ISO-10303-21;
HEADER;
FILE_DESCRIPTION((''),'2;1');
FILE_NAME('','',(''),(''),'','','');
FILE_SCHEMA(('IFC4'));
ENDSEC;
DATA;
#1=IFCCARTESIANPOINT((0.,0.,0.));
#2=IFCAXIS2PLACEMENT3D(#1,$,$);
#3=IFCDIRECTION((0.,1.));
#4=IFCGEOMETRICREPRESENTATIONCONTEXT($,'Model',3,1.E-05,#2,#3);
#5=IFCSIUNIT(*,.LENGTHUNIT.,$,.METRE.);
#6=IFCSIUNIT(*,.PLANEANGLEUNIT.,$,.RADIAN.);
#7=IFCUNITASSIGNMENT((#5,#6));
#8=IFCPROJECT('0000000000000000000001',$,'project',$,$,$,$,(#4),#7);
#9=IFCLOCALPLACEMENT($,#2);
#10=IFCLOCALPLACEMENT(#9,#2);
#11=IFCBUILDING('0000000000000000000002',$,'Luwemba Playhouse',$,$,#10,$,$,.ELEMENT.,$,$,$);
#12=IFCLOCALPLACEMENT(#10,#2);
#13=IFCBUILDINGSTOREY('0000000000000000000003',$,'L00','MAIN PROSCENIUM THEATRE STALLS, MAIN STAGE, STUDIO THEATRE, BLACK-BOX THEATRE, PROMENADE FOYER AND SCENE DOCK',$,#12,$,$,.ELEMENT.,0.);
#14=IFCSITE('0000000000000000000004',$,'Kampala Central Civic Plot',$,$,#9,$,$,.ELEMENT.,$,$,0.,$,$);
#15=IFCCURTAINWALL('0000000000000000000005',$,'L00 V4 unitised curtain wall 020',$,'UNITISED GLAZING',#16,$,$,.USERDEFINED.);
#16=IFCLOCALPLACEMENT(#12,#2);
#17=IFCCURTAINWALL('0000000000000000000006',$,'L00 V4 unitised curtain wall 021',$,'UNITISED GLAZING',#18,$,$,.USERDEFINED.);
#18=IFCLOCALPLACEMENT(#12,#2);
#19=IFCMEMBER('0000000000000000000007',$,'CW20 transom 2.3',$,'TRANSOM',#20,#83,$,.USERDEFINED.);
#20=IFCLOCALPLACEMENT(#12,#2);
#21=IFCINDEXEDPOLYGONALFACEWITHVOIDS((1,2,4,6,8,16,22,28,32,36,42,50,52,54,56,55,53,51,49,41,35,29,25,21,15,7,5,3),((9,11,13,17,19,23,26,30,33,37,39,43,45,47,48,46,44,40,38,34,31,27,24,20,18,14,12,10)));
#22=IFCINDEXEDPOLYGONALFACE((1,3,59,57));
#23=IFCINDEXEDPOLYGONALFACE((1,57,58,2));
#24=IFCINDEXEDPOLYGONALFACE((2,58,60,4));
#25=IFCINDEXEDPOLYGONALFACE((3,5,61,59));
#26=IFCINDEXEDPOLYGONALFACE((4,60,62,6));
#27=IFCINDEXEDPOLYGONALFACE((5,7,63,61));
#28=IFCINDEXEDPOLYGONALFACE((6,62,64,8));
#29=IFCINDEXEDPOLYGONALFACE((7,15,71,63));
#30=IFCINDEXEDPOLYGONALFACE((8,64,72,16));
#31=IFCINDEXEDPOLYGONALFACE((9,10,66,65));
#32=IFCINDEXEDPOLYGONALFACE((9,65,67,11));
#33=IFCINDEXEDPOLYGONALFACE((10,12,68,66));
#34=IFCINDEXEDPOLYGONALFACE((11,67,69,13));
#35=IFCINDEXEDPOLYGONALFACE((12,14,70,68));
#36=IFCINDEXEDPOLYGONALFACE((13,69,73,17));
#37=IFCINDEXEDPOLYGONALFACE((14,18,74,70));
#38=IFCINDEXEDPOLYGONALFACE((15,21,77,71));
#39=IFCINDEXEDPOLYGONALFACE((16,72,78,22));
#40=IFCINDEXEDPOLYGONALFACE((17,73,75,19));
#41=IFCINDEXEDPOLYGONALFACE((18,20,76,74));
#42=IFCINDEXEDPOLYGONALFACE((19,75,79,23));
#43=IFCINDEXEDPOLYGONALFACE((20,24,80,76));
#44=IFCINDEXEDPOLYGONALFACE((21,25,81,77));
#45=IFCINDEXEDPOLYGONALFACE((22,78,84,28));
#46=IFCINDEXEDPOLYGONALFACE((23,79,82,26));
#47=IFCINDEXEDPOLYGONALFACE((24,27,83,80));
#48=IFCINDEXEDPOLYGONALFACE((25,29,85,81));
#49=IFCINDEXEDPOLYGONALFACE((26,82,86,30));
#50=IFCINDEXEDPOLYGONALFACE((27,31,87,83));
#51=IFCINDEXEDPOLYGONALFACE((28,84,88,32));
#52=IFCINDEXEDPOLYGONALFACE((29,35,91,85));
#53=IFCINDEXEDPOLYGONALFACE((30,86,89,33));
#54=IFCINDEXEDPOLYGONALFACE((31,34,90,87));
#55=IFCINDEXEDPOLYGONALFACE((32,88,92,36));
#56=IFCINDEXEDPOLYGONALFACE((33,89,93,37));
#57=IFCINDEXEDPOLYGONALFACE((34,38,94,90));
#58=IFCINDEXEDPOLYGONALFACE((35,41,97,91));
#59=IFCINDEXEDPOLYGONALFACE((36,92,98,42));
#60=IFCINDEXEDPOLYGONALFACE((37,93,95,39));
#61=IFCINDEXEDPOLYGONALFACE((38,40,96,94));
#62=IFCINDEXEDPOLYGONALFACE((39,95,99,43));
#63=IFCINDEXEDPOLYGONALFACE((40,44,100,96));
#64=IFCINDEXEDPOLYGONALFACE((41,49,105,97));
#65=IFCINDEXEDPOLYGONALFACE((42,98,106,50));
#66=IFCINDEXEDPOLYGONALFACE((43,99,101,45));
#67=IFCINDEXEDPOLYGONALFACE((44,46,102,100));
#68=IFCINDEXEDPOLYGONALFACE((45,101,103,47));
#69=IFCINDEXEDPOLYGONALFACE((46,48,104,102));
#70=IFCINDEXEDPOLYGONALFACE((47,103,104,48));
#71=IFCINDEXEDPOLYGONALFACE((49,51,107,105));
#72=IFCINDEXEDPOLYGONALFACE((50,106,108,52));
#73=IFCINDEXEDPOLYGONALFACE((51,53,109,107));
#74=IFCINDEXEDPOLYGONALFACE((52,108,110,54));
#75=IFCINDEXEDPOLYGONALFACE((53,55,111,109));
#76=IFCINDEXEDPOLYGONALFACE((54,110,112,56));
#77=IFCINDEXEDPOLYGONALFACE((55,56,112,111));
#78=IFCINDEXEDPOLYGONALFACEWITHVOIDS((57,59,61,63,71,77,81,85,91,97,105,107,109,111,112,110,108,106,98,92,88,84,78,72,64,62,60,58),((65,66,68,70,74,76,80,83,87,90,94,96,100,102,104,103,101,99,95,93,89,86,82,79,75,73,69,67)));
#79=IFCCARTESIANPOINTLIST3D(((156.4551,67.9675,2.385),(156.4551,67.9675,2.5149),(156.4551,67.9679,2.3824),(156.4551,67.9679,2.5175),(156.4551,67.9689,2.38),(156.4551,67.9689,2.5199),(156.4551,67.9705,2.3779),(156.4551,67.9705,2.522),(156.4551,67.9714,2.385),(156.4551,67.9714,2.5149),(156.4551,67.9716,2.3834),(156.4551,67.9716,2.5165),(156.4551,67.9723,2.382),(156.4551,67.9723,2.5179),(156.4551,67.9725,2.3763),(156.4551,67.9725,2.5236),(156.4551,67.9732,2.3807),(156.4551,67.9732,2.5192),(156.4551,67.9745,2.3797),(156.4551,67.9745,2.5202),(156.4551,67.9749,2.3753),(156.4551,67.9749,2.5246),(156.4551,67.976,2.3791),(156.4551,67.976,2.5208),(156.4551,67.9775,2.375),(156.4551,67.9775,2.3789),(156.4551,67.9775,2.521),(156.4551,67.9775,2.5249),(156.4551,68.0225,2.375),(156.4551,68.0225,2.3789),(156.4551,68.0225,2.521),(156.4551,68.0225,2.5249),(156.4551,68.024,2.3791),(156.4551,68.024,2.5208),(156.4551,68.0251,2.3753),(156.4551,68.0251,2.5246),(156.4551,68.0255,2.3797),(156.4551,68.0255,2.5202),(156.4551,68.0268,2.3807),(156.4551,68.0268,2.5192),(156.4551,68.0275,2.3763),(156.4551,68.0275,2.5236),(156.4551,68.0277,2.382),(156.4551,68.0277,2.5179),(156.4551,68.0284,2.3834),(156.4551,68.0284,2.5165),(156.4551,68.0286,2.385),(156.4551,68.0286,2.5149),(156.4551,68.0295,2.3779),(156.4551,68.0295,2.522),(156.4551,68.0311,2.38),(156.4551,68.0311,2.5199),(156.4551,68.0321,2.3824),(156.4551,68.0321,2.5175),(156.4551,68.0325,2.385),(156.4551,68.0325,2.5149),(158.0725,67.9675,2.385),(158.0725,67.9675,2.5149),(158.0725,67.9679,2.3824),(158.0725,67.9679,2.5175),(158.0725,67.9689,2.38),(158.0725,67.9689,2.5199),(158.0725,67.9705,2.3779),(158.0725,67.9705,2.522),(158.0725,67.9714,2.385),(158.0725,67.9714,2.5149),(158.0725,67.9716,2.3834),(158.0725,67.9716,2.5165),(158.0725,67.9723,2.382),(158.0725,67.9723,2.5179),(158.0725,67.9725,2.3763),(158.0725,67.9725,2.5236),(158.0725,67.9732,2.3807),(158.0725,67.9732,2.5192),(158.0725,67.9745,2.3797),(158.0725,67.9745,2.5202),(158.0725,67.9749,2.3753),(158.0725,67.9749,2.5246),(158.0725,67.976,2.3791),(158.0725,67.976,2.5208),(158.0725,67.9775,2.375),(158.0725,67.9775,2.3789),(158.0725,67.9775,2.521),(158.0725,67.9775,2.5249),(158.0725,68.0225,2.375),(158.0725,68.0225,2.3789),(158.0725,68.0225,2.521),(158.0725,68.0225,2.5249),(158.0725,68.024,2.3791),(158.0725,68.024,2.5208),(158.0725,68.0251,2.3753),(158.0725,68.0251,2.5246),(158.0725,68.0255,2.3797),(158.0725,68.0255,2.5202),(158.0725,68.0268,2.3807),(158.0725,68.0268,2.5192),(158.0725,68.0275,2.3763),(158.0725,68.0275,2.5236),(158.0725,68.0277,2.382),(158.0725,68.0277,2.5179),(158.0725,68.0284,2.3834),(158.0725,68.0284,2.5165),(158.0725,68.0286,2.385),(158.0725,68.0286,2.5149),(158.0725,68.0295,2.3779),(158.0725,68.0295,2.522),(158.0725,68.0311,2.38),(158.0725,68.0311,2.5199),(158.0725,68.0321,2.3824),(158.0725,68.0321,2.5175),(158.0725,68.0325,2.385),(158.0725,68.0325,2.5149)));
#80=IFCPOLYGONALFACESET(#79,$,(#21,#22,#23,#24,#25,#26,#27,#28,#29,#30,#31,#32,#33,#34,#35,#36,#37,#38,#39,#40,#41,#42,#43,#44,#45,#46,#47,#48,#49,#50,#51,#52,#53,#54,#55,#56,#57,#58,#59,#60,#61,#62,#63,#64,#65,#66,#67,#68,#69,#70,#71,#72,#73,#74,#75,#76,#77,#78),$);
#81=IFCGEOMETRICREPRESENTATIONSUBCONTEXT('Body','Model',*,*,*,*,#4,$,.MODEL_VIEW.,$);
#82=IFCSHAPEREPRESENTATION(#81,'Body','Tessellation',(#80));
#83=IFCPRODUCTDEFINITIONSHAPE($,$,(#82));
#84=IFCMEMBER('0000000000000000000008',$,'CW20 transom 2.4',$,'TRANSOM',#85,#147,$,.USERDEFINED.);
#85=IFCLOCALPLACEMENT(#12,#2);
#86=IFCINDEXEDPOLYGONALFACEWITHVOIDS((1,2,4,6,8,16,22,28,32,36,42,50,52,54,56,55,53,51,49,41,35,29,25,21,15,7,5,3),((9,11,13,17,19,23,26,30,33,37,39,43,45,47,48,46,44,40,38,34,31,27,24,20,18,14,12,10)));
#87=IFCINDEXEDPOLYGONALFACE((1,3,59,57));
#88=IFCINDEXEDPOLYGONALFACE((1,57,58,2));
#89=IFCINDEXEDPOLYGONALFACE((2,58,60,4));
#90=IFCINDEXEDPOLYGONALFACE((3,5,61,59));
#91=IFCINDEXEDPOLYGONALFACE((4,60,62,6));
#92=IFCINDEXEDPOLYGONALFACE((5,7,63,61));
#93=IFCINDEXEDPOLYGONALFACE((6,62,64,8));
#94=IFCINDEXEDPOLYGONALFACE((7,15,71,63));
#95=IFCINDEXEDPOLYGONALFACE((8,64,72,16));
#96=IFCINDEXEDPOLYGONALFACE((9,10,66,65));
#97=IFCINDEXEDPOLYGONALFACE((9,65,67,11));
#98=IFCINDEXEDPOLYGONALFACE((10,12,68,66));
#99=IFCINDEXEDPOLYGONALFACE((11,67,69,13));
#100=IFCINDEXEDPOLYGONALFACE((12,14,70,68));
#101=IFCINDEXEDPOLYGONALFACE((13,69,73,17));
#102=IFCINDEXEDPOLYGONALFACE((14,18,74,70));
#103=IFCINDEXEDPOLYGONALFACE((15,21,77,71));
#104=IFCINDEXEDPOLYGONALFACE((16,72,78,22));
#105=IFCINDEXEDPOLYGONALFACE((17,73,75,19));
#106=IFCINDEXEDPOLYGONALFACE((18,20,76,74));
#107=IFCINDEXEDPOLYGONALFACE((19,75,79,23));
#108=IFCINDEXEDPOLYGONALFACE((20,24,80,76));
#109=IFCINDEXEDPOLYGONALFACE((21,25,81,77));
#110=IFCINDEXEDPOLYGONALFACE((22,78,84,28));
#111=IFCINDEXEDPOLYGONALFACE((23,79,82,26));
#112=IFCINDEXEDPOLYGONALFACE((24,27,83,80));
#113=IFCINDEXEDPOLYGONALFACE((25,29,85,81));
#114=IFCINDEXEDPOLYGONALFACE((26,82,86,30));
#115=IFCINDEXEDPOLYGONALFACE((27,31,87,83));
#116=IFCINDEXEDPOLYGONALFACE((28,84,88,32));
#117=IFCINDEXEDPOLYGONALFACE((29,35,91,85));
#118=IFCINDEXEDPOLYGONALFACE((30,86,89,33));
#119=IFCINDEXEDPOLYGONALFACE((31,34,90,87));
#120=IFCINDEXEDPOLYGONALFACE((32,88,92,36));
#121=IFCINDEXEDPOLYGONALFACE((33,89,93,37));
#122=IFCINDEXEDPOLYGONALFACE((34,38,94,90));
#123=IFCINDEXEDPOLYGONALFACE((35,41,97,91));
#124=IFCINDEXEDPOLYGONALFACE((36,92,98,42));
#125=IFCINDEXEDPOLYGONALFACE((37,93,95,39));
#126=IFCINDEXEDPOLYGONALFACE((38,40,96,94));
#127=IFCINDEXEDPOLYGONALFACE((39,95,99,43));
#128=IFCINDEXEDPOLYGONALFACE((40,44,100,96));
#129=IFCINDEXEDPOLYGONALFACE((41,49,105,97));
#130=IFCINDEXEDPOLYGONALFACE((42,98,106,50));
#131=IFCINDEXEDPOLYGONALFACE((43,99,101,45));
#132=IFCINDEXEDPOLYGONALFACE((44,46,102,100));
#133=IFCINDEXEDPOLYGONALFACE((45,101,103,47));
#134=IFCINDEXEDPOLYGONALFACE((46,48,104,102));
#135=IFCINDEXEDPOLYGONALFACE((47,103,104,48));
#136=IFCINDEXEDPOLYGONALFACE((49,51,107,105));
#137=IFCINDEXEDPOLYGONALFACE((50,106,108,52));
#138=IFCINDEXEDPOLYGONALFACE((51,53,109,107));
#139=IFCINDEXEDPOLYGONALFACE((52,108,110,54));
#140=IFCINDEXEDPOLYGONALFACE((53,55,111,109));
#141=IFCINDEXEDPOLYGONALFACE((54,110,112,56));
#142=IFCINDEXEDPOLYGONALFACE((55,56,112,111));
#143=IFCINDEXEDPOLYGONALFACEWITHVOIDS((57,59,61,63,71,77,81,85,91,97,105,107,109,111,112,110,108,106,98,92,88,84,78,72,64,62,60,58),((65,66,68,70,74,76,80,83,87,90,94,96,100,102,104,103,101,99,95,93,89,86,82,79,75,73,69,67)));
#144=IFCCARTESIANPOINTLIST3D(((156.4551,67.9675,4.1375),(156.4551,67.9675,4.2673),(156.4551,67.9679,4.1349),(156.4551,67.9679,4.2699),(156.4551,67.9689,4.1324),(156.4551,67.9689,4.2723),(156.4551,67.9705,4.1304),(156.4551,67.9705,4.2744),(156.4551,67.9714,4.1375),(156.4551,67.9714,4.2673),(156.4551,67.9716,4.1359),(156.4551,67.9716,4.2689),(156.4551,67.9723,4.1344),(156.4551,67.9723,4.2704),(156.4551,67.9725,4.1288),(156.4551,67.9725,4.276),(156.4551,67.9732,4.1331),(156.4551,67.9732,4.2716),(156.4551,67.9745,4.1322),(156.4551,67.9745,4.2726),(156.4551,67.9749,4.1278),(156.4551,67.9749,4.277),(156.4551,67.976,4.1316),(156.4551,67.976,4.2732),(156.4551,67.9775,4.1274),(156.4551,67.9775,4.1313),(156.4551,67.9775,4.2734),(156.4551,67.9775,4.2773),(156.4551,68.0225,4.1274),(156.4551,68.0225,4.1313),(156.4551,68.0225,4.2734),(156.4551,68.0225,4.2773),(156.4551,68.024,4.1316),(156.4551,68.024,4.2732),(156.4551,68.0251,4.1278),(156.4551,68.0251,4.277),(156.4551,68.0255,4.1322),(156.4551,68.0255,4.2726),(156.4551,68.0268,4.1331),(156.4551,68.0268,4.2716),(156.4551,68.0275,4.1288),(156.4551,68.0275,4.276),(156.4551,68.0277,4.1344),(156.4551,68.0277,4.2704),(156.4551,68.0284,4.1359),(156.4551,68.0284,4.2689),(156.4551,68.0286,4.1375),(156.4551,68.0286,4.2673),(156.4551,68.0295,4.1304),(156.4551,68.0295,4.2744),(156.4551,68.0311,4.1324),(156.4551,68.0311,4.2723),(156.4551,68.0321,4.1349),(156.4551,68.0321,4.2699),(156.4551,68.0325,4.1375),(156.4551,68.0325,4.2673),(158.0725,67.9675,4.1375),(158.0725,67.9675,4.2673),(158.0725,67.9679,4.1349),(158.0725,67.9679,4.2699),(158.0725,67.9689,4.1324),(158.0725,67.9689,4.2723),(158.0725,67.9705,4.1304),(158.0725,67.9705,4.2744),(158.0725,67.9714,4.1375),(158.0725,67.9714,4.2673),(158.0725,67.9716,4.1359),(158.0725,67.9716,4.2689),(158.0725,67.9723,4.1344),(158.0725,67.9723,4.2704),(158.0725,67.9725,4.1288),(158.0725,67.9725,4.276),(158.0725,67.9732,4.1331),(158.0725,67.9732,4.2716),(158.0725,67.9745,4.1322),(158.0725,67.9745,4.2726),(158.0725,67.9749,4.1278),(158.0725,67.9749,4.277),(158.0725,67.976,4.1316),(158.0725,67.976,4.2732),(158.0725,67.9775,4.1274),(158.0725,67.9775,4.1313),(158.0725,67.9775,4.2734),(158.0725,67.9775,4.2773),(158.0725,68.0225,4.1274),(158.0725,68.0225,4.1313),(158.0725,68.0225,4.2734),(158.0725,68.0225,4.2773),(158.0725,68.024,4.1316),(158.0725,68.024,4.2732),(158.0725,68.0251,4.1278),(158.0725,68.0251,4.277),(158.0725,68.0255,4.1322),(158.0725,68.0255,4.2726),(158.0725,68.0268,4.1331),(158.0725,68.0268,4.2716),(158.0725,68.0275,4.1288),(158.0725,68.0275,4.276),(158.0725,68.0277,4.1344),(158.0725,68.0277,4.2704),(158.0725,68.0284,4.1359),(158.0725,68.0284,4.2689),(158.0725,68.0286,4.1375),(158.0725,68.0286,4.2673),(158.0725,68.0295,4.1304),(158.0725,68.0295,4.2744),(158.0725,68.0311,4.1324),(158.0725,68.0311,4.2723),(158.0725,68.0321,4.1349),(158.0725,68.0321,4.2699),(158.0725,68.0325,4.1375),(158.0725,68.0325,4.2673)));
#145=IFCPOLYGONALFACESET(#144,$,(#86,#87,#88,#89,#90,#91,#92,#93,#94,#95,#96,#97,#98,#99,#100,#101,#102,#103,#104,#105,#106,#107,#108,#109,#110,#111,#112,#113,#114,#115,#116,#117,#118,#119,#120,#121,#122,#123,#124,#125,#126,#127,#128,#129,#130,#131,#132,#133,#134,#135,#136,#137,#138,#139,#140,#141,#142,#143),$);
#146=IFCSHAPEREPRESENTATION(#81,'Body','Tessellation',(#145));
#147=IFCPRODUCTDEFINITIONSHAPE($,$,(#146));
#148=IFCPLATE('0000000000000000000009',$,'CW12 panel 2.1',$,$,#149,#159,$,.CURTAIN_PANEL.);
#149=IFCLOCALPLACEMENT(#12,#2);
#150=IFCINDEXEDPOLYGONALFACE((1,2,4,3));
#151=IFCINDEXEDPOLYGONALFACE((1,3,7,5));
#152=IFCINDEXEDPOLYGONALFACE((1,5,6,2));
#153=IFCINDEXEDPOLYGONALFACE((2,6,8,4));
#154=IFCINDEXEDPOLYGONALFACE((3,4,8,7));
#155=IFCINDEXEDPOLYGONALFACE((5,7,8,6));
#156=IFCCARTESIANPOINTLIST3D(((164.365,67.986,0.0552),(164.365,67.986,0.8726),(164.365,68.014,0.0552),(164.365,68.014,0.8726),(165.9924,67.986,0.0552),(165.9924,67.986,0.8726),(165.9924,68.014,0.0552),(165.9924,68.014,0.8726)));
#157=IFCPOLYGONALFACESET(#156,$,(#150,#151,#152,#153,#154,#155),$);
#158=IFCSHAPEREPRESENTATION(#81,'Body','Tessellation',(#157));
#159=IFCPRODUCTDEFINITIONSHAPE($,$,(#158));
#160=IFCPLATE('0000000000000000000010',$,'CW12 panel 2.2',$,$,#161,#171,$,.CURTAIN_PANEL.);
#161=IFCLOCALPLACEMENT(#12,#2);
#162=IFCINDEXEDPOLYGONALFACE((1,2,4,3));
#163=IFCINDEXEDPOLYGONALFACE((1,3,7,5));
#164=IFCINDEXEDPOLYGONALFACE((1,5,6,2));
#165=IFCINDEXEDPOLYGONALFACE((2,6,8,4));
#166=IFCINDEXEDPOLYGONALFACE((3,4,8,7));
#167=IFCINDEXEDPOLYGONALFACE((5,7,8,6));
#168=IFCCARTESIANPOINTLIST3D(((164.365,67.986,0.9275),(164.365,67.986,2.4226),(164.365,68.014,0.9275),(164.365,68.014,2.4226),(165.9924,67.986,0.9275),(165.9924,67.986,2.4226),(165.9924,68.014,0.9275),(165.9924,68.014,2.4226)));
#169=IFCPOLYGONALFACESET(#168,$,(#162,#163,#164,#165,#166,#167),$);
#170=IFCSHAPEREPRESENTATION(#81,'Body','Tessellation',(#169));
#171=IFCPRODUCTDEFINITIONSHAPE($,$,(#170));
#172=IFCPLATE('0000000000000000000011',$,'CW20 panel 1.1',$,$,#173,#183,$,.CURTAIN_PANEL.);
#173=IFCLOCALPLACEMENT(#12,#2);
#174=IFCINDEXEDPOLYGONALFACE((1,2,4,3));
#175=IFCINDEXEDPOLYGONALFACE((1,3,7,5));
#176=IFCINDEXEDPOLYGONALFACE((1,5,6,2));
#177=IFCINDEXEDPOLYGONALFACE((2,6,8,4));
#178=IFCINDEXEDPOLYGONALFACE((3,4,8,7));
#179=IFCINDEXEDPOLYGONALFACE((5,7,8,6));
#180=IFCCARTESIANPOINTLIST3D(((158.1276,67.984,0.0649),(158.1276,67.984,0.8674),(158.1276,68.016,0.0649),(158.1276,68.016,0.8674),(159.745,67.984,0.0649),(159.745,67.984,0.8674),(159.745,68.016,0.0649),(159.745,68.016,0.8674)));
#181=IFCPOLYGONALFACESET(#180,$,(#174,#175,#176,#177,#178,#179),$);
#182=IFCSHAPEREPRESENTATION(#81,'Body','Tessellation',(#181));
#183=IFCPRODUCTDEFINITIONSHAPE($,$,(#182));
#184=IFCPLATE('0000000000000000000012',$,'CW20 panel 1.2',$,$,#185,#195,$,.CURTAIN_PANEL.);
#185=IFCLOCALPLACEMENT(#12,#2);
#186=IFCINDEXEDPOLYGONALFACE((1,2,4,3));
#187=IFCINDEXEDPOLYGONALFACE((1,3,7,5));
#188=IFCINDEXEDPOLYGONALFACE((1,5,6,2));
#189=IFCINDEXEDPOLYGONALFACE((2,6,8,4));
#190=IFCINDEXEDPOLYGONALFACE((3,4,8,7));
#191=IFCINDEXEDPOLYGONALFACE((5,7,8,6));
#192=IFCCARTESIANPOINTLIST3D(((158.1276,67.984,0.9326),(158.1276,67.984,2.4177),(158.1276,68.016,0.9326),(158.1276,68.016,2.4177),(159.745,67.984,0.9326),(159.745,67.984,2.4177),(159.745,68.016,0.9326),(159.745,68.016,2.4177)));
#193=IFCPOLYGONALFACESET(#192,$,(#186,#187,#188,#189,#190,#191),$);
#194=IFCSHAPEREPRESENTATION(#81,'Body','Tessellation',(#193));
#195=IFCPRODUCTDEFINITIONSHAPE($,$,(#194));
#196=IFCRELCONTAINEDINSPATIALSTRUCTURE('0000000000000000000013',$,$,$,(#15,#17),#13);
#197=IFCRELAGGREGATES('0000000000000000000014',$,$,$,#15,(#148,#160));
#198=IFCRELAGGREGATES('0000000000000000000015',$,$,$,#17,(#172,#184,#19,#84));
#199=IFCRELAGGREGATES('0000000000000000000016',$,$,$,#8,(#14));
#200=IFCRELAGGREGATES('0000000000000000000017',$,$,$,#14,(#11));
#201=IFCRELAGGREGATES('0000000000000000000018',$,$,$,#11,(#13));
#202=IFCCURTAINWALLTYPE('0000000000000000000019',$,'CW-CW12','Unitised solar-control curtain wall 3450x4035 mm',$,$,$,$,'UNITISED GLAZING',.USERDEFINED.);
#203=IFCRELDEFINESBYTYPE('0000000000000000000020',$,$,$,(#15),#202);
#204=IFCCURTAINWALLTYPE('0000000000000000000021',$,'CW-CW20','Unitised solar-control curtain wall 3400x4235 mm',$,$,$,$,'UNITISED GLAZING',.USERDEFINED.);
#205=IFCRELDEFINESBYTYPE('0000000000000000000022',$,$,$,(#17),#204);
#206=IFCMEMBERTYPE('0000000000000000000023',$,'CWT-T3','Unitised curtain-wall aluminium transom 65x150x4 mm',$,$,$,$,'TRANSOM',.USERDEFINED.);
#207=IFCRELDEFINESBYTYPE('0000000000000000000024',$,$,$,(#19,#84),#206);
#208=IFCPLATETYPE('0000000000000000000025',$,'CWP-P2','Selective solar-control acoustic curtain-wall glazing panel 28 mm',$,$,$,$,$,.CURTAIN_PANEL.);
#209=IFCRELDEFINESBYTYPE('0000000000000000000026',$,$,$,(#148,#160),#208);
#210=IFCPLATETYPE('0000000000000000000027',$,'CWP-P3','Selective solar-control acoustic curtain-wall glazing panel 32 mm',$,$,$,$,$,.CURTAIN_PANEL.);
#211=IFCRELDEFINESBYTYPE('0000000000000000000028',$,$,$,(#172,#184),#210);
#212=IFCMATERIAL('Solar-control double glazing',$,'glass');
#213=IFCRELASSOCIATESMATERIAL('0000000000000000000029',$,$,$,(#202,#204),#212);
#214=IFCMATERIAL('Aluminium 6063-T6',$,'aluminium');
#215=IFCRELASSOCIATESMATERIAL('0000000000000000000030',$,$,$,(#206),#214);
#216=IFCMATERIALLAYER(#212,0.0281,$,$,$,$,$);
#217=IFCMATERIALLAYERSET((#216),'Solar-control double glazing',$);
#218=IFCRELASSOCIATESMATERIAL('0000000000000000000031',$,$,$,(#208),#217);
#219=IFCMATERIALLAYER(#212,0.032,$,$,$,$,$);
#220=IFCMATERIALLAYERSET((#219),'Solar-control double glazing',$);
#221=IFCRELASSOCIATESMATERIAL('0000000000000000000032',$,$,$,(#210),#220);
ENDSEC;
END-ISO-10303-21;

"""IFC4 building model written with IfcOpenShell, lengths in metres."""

from ifc_helpers import new_model, si_unit, direction, frame, origin, origin_2d, place, context, subcontext, project, spatial, rectangle, hollow_rectangle, extrude, material, layer, layer_set, material_profile, profile_set, type_object, element, aggregate, save


model = new_model("IFC4")

# Units and contexts
model_context = context("Model", 3, precision=1e-05, world=origin(), true_north=direction((0.0, 1.0)))
body_context = subcontext(model_context, "Body", "Model", "MODEL_VIEW")
ifc_project = project(units=[si_unit("LENGTHUNIT", "METRE"), si_unit("PLANEANGLEUNIT", "RADIAN")], contexts=[model_context])

# Site, building, storey
site_placement = place(None, origin())
site = spatial("IfcSite", under=ifc_project, at=site_placement, Name="Kampala Central Civic Plot", CompositionType="ELEMENT", RefElevation=0.0)
building_placement = place(site_placement, origin())
building = spatial("IfcBuilding", under=site, at=building_placement, Name="Luwemba Playhouse", CompositionType="ELEMENT")
storey_placement = place(building_placement, origin())
storey = spatial("IfcBuildingStorey", under=building, at=storey_placement, Name="L00", Description="MAIN PROSCENIUM THEATRE STALLS, MAIN STAGE, STUDIO THEATRE, BLACK-BOX THEATRE, PROMENADE FOYER AND SCENE DOCK", CompositionType="ELEMENT", Elevation=0.0)

# Curtain wall
ifc_material_1 = material(Name="Solar-control double glazing", Category="glass")
curtain_wall_type_1 = type_object("IfcCurtainWallType", Name="CW-CW12", Description="Unitised solar-control curtain wall 3450x4035 mm", ElementType="UNITISED GLAZING", PredefinedType="USERDEFINED", material=ifc_material_1)
curtain_wall_1_placement = place(storey_placement, origin())
curtain_wall_1 = element("IfcCurtainWall", 1, at=curtain_wall_1_placement, inside=storey, type_object=curtain_wall_type_1, Name="L00 V4 unitised curtain wall 020", ObjectType="UNITISED GLAZING", PredefinedType="USERDEFINED")
ifc_material_2 = material(Name="Aluminium 6063-T6", Category="aluminium")

# Curtain wall, members
curtain_wall_type_2 = type_object("IfcCurtainWallType", Name="CW-CW20", Description="Unitised solar-control curtain wall 3400x4235 mm", ElementType="UNITISED GLAZING", PredefinedType="USERDEFINED", material=ifc_material_1)
curtain_wall_2_placement = place(storey_placement, origin())
curtain_wall_2 = element("IfcCurtainWall", 2, at=curtain_wall_2_placement, inside=storey, type_object=curtain_wall_type_2, Name="L00 V4 unitised curtain wall 021", ObjectType="UNITISED GLAZING", PredefinedType="USERDEFINED")
ifc_material_profile_1 = material_profile(ifc_material_2, hollow_rectangle(XDim=0.0649, YDim=0.1499, WallThickness=0.0039, InnerFilletRadius=0.0061, OuterFilletRadius=0.01, at=origin_2d()))
ifc_profile_set_1 = profile_set([ifc_material_profile_1], Name="Aluminium 6063-T6")
member_type_1 = type_object("IfcMemberType", Name="CWT-T3", Description="Unitised curtain-wall aluminium transom 65x150x4 mm", ElementType="TRANSOM", PredefinedType="USERDEFINED", material=ifc_profile_set_1)
member_1_placement = place(storey_placement, frame((158.0725, 68.0, 2.45), z_axis=(-1.0, 0.0, 0.0), x_axis=(0.0, -1.0, 0.0)))
member_1 = element("IfcMember", 3, at=member_1_placement, type_object=member_type_1, Name="CW20 transom 2.3", ObjectType="TRANSOM", PredefinedType="USERDEFINED", context=body_context, shape_type="SweptSolid", body=[
    extrude(hollow_rectangle(XDim=0.0649, YDim=0.1499, WallThickness=0.0039, InnerFilletRadius=0.0061, OuterFilletRadius=0.01, at=origin_2d()), origin(), (0.0, 0.0, 1.0), 1.6174),
])
member_2_placement = place(storey_placement, frame((158.0725, 68.0, 4.2024), z_axis=(-1.0, 0.0, 0.0), x_axis=(0.0, -1.0, 0.0)))
member_2 = element("IfcMember", 4, at=member_2_placement, type_object=member_type_1, Name="CW20 transom 2.4", ObjectType="TRANSOM", PredefinedType="USERDEFINED", context=body_context, shape_type="SweptSolid", body=[
    extrude(hollow_rectangle(XDim=0.0649, YDim=0.1499, WallThickness=0.0039, InnerFilletRadius=0.0061, OuterFilletRadius=0.01, at=origin_2d()), origin(), (0.0, 0.0, 1.0), 1.6174),
])

# Plates
ifc_layer_1 = layer(ifc_material_1, 0.0281)
ifc_layer_set_1 = layer_set([ifc_layer_1], Name="Solar-control double glazing")
plate_type_1 = type_object("IfcPlateType", Name="CWP-P2", Description="Selective solar-control acoustic curtain-wall glazing panel 28 mm", PredefinedType="CURTAIN_PANEL", material=ifc_layer_set_1)
plate_1_placement = place(storey_placement, frame((165.1787, 68.0, 0.0552), z_axis=(0.0, 0.0, 1.0), x_axis=(-1.0, 0.0, 0.0)))
plate_1 = element("IfcPlate", 5, at=plate_1_placement, type_object=plate_type_1, Name="CW12 panel 2.1", PredefinedType="CURTAIN_PANEL", context=body_context, shape_type="SweptSolid", body=[
    extrude(rectangle(XDim=1.6274, YDim=0.0281, at=origin_2d()), origin(), (0.0, 0.0, 1.0), 0.8174),
])
plate_2_placement = place(storey_placement, frame((165.1787, 68.0, 0.9275), z_axis=(0.0, 0.0, 1.0), x_axis=(-1.0, 0.0, 0.0)))
plate_2 = element("IfcPlate", 6, at=plate_2_placement, type_object=plate_type_1, Name="CW12 panel 2.2", PredefinedType="CURTAIN_PANEL", context=body_context, shape_type="SweptSolid", body=[
    extrude(rectangle(XDim=1.6274, YDim=0.0281, at=origin_2d()), origin(), (0.0, 0.0, 1.0), 1.4951),
])
aggregate(curtain_wall_1, [plate_1, plate_2])
ifc_layer_2 = layer(ifc_material_1, 0.032)
ifc_layer_set_2 = layer_set([ifc_layer_2], Name="Solar-control double glazing")
plate_type_2 = type_object("IfcPlateType", Name="CWP-P3", Description="Selective solar-control acoustic curtain-wall glazing panel 32 mm", PredefinedType="CURTAIN_PANEL", material=ifc_layer_set_2)
plate_3_placement = place(storey_placement, frame((158.9363, 68.0, 0.0649), z_axis=(0.0, 0.0, 1.0), x_axis=(-1.0, 0.0, 0.0)))
plate_3 = element("IfcPlate", 7, at=plate_3_placement, type_object=plate_type_2, Name="CW20 panel 1.1", PredefinedType="CURTAIN_PANEL", context=body_context, shape_type="SweptSolid", body=[
    extrude(rectangle(XDim=1.6174, YDim=0.032, at=origin_2d()), origin(), (0.0, 0.0, 1.0), 0.8025),
])
plate_4_placement = place(storey_placement, frame((158.9363, 68.0, 0.9326), z_axis=(0.0, 0.0, 1.0), x_axis=(-1.0, 0.0, 0.0)))
plate_4 = element("IfcPlate", 8, at=plate_4_placement, type_object=plate_type_2, Name="CW20 panel 1.2", PredefinedType="CURTAIN_PANEL", context=body_context, shape_type="SweptSolid", body=[
    extrude(rectangle(XDim=1.6174, YDim=0.032, at=origin_2d()), origin(), (0.0, 0.0, 1.0), 1.4851),
])
aggregate(curtain_wall_2, [plate_3, plate_4, member_1, member_2])

save(model, "model.ifc")
